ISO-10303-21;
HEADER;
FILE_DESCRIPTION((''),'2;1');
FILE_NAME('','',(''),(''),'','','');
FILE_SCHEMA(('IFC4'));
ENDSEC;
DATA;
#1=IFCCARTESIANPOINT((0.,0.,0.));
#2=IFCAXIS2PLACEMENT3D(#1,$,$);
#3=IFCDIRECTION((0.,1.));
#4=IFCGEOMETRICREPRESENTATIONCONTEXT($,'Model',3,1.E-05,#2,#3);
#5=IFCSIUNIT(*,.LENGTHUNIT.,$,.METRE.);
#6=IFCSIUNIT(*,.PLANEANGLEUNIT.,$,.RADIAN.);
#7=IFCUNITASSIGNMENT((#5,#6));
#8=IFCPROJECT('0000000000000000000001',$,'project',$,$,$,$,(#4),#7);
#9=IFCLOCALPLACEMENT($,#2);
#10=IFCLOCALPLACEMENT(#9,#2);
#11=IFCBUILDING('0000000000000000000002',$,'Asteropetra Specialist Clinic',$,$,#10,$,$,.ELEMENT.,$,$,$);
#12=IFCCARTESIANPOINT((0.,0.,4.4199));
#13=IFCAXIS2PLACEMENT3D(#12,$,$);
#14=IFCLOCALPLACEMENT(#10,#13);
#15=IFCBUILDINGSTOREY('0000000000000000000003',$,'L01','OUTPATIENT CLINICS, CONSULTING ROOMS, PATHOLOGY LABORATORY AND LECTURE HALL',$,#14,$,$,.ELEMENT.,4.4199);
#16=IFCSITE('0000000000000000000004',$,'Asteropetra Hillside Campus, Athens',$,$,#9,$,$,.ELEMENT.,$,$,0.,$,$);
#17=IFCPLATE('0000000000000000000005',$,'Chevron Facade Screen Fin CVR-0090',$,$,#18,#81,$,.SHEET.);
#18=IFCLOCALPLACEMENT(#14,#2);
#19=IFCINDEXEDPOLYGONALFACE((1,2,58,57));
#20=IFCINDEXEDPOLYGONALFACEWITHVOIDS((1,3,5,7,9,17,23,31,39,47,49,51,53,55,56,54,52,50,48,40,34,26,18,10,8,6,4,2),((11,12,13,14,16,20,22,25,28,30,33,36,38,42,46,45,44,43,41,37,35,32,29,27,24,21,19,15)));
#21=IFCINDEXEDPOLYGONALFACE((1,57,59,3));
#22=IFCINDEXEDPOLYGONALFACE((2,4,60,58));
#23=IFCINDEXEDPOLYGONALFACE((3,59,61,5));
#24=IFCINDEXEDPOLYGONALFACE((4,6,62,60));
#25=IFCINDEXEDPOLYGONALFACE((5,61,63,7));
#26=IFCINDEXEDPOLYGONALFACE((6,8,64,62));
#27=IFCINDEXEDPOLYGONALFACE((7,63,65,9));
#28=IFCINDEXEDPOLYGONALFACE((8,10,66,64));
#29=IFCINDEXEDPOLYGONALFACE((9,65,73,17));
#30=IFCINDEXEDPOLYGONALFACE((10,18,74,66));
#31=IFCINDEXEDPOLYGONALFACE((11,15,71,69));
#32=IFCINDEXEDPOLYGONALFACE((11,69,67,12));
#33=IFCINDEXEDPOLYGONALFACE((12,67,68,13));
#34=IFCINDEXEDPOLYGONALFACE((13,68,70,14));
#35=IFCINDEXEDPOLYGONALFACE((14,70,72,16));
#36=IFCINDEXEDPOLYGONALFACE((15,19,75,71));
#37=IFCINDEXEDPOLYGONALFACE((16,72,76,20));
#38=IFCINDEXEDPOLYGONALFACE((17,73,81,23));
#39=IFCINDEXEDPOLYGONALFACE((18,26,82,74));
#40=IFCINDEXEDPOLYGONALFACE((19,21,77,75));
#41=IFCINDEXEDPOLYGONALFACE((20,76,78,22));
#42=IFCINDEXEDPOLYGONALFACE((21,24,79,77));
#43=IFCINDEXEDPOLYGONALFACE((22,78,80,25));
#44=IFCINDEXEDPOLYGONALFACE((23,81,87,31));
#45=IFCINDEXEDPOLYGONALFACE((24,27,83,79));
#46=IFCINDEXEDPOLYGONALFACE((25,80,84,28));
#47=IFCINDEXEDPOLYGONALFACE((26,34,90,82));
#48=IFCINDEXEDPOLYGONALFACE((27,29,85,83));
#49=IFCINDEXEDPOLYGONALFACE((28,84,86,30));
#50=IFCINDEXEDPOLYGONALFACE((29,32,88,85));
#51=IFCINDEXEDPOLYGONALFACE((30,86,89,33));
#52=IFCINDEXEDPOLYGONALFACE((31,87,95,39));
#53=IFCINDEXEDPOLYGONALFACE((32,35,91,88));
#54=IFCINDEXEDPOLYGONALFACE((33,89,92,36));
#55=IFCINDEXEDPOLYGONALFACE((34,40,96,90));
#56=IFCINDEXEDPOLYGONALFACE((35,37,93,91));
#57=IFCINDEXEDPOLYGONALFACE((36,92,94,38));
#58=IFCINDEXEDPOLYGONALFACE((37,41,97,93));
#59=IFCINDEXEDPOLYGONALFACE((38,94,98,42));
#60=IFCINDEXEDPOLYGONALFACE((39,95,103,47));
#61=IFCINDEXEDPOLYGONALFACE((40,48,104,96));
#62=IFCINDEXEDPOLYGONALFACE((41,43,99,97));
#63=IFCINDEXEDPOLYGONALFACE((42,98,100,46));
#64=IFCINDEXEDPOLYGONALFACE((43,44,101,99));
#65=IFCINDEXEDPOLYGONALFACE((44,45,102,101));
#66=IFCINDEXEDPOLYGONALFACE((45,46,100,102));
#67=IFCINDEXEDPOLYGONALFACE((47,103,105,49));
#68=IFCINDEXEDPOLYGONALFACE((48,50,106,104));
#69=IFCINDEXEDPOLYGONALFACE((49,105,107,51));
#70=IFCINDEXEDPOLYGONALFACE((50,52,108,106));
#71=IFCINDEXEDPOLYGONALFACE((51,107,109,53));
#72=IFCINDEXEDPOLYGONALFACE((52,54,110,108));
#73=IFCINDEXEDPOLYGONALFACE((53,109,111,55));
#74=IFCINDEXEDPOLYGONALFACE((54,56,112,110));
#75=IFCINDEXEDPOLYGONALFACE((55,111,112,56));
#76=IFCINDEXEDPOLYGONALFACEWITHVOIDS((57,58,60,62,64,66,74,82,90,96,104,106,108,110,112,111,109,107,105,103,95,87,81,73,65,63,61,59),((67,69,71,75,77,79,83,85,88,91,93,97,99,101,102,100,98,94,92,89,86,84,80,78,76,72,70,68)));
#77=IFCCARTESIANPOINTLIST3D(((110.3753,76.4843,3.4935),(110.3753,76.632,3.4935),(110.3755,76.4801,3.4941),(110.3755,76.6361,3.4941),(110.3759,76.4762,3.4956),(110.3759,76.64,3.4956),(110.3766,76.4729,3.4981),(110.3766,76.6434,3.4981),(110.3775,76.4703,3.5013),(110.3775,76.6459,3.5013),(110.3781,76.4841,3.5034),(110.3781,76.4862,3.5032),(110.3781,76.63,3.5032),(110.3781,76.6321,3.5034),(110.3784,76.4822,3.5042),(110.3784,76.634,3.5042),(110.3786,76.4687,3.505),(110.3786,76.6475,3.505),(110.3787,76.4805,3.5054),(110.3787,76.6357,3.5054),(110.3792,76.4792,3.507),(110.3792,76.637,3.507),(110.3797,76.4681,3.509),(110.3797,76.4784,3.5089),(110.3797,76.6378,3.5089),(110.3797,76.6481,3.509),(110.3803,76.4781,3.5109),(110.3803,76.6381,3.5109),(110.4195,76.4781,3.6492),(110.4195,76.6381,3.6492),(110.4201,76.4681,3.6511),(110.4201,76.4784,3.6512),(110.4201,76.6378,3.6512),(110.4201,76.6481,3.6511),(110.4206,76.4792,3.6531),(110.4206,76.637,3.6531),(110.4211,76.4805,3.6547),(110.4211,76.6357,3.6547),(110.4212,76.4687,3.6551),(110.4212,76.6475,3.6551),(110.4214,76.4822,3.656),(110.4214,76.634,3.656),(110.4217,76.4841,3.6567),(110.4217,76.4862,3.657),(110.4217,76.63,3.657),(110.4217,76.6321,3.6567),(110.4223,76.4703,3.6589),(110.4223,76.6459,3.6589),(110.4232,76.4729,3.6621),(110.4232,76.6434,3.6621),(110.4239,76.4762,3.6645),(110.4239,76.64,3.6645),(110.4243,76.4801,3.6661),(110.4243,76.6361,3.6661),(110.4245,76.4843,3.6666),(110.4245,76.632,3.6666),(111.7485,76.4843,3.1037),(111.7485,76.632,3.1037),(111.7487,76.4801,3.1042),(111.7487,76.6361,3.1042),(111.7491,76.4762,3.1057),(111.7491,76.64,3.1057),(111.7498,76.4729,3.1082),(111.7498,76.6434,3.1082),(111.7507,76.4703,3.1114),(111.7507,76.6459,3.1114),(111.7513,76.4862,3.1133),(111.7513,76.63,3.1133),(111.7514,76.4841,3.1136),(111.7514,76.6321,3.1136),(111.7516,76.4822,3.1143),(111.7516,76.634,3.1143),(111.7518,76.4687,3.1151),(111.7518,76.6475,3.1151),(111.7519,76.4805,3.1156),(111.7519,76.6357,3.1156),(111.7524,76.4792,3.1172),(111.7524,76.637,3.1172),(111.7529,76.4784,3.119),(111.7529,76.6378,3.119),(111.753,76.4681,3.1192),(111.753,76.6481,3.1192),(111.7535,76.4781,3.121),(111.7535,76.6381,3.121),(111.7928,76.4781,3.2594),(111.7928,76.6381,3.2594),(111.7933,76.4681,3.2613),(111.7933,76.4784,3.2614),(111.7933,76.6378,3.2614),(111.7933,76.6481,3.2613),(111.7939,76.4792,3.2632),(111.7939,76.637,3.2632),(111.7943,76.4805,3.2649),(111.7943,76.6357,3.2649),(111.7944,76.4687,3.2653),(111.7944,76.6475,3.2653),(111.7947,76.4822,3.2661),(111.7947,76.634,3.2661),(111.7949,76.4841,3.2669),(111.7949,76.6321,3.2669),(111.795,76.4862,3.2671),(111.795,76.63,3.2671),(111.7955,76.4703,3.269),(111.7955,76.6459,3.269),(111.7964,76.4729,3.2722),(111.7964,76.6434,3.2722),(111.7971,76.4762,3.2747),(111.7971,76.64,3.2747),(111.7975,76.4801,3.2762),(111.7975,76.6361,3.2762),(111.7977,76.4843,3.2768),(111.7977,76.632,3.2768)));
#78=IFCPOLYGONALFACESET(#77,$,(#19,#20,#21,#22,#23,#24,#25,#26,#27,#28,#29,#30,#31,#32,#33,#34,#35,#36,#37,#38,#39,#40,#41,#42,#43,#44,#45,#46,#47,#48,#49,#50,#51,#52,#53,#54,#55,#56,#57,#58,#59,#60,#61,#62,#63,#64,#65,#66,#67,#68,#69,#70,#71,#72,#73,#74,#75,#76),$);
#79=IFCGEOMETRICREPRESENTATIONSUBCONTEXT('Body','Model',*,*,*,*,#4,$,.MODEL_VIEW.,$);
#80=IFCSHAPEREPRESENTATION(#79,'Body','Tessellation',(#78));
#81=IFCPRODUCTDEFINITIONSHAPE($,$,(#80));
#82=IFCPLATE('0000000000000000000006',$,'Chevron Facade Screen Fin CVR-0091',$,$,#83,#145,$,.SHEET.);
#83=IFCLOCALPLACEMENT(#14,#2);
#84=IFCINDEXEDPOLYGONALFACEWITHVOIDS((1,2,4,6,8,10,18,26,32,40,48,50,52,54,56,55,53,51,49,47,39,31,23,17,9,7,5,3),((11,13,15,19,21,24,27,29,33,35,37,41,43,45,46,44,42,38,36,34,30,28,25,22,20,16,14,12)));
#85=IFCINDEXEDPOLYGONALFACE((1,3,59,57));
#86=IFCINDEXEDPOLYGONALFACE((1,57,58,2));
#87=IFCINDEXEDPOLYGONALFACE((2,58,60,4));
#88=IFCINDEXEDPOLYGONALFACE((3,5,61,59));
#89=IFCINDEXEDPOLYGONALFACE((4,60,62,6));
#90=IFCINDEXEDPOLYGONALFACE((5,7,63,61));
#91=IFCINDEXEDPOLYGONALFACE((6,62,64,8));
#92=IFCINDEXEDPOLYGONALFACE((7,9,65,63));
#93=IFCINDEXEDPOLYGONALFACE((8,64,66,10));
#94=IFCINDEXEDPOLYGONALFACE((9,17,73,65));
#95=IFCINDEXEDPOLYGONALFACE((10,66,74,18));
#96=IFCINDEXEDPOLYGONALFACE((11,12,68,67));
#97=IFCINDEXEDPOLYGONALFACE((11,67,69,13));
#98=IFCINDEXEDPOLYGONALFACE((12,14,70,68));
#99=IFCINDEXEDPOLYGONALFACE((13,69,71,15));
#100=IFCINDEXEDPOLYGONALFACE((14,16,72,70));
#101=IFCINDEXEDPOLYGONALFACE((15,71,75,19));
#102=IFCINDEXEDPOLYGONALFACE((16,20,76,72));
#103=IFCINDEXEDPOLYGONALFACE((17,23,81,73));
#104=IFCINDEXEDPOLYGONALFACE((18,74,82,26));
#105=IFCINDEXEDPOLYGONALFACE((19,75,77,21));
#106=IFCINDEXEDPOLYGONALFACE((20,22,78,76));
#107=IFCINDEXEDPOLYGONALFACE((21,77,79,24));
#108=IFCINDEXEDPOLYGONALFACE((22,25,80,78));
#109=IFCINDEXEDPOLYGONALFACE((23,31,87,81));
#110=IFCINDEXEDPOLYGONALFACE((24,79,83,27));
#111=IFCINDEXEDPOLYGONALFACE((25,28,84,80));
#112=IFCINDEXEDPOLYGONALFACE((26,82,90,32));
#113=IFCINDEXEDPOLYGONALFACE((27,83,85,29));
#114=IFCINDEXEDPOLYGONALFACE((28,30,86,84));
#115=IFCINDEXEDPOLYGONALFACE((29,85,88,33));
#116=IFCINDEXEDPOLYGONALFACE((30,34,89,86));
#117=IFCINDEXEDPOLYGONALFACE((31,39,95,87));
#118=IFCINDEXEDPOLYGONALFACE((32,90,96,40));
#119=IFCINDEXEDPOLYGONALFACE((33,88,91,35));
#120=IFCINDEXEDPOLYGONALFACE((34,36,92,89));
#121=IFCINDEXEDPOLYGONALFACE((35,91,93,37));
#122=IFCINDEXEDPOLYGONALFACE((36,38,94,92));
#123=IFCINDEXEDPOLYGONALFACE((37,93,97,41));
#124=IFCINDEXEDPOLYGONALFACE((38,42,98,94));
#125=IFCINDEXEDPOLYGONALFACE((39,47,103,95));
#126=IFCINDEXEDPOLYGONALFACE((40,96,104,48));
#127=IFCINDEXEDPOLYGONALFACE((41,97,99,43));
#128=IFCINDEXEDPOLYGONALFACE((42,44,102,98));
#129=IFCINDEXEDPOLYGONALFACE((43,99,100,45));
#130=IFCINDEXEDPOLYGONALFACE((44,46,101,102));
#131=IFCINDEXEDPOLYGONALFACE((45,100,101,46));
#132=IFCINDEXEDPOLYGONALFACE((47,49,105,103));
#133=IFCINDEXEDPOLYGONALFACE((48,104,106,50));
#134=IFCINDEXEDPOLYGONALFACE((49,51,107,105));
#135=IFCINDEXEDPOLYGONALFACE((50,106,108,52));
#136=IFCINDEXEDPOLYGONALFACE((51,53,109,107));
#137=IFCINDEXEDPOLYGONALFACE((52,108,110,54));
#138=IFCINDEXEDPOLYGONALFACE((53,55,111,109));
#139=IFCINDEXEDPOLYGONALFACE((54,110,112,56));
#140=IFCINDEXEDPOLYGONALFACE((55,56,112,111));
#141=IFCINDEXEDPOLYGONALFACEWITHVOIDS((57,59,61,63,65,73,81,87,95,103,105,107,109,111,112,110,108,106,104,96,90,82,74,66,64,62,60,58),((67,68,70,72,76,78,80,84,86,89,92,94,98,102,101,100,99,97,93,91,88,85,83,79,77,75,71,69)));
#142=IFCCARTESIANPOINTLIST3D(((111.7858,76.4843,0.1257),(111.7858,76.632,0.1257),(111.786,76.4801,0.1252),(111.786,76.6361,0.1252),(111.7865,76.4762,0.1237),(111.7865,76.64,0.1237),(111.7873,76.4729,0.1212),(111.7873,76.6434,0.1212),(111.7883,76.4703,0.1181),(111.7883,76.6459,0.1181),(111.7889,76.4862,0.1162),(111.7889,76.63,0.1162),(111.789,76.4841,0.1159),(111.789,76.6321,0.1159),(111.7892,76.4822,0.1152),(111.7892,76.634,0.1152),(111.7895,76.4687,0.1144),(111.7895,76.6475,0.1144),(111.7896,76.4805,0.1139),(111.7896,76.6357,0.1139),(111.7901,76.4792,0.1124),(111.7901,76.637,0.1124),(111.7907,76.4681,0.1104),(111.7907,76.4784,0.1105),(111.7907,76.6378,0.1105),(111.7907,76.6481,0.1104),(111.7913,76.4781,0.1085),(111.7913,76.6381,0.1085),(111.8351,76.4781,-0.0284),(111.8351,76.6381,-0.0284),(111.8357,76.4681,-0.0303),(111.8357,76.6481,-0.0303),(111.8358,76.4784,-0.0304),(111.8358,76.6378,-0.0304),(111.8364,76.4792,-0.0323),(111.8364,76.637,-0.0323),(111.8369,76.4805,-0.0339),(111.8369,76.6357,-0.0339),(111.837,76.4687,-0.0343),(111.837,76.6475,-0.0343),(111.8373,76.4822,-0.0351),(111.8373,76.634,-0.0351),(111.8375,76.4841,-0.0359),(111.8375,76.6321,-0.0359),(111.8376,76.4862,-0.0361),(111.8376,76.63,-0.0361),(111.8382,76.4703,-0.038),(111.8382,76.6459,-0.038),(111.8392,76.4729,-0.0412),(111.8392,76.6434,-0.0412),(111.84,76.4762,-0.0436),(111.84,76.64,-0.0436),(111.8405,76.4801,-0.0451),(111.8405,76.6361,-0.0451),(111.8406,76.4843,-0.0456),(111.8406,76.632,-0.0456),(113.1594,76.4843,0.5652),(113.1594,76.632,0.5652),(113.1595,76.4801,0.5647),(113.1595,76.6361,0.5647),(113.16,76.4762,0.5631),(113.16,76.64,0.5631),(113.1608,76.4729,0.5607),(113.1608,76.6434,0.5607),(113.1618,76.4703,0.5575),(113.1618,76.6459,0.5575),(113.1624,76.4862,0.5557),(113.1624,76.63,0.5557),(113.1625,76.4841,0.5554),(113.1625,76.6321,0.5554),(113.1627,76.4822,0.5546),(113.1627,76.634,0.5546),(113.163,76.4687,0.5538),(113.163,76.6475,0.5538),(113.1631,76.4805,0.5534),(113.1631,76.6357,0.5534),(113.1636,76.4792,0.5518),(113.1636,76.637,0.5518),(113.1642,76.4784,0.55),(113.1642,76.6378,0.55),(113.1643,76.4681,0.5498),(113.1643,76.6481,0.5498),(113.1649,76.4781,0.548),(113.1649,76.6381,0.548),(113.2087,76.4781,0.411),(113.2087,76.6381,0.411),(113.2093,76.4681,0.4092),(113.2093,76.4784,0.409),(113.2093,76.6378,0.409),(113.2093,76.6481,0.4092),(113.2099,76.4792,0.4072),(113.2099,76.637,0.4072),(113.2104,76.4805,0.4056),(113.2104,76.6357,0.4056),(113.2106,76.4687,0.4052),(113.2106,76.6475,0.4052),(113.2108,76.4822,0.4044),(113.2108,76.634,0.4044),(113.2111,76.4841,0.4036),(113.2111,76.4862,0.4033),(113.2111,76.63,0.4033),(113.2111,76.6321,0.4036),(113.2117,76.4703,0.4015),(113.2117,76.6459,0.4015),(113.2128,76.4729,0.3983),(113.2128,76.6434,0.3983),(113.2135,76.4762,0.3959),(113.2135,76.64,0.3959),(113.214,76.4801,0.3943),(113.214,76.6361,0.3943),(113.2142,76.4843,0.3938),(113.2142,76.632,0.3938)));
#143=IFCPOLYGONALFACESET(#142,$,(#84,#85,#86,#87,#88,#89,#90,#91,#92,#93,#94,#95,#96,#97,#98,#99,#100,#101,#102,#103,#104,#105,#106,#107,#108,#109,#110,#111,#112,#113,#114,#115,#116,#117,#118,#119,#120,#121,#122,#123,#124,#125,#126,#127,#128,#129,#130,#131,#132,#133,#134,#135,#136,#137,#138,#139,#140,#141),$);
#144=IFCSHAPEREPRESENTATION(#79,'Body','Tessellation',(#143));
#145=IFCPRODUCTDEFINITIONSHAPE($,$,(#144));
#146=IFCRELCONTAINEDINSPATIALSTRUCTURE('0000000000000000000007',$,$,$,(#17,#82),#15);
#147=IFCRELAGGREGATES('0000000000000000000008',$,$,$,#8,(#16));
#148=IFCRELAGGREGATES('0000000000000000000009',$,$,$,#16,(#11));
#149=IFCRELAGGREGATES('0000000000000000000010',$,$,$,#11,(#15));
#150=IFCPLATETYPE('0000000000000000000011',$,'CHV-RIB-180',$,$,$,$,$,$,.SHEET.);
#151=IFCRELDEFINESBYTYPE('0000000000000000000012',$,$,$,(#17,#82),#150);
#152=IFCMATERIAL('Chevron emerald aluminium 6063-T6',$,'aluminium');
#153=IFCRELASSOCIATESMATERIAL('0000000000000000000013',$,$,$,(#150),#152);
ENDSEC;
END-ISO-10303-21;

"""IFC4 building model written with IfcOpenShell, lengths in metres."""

from ifc_helpers import new_model, si_unit, direction, frame, origin, origin_2d, place, context, subcontext, project, spatial, hollow_rectangle, extrude, material, material_profile, profile_set, type_object, element, save


model = new_model("IFC4")

# Units and contexts
model_context = context("Model", 3, precision=1e-05, world=origin(), true_north=direction((0.0, 1.0)))
body_context = subcontext(model_context, "Body", "Model", "MODEL_VIEW")
ifc_project = project(units=[si_unit("LENGTHUNIT", "METRE"), si_unit("PLANEANGLEUNIT", "RADIAN")], contexts=[model_context])

# Site, building, storey
site_placement = place(None, origin())
site = spatial("IfcSite", under=ifc_project, at=site_placement, Name="Asteropetra Hillside Campus, Athens", CompositionType="ELEMENT", RefElevation=0.0)
building_placement = place(site_placement, origin())
building = spatial("IfcBuilding", under=site, at=building_placement, Name="Asteropetra Specialist Clinic", CompositionType="ELEMENT")
storey_placement = place(building_placement, frame((0.0, 0.0, 4.4199)))
storey = spatial("IfcBuildingStorey", under=building, at=storey_placement, Name="L01", Description="OUTPATIENT CLINICS, CONSULTING ROOMS, PATHOLOGY LABORATORY AND LECTURE HALL", CompositionType="ELEMENT", Elevation=4.4199)

# Plates
ifc_material_1 = material(Name="Chevron emerald aluminium 6063-T6", Category="aluminium")
ifc_material_profile_1 = material_profile(ifc_material_1, hollow_rectangle(XDim=0.1799, YDim=0.1799, WallThickness=0.01, InnerFilletRadius=0.0081, OuterFilletRadius=0.0161, at=origin_2d()), Name="SHS 180x180x10.0")
ifc_profile_set_1 = profile_set([ifc_material_profile_1], Name="Chevron emerald aluminium 6063-T6")
plate_type_1 = type_object("IfcPlateType", Name="CHV-RIB-180", PredefinedType="SHEET", material=ifc_profile_set_1)
plate_1_placement = place(storey_placement, frame((110.3999, 76.5581, 3.5801), z_axis=(0.961981, 0.0, -0.273117), x_axis=(0.0, 1.0, 0.0)))
element("IfcPlate", 1, at=plate_1_placement, inside=storey, type_object=plate_type_1, Name="Chevron Facade Screen Fin CVR-0090", PredefinedType="SHEET", context=body_context, shape_type="SweptSolid", body=[
    extrude(hollow_rectangle(XDim=0.1799, YDim=0.1799, WallThickness=0.01, InnerFilletRadius=0.0081, OuterFilletRadius=0.0161, at=origin_2d()), origin(), (0.0, 0.0, 1.0), 1.4275),
])
plate_2_placement = place(storey_placement, frame((111.8132, 76.5581, 0.04), z_axis=(0.95244, 0.0, 0.304727), x_axis=(0.0, 1.0, 0.0)))
element("IfcPlate", 2, at=plate_2_placement, inside=storey, type_object=plate_type_1, Name="Chevron Facade Screen Fin CVR-0091", PredefinedType="SHEET", context=body_context, shape_type="SweptSolid", body=[
    extrude(hollow_rectangle(XDim=0.1799, YDim=0.1799, WallThickness=0.01, InnerFilletRadius=0.0081, OuterFilletRadius=0.0161, at=origin_2d()), origin(), (0.0, 0.0, 1.0), 1.4421),
])

save(model, "model.ifc")
